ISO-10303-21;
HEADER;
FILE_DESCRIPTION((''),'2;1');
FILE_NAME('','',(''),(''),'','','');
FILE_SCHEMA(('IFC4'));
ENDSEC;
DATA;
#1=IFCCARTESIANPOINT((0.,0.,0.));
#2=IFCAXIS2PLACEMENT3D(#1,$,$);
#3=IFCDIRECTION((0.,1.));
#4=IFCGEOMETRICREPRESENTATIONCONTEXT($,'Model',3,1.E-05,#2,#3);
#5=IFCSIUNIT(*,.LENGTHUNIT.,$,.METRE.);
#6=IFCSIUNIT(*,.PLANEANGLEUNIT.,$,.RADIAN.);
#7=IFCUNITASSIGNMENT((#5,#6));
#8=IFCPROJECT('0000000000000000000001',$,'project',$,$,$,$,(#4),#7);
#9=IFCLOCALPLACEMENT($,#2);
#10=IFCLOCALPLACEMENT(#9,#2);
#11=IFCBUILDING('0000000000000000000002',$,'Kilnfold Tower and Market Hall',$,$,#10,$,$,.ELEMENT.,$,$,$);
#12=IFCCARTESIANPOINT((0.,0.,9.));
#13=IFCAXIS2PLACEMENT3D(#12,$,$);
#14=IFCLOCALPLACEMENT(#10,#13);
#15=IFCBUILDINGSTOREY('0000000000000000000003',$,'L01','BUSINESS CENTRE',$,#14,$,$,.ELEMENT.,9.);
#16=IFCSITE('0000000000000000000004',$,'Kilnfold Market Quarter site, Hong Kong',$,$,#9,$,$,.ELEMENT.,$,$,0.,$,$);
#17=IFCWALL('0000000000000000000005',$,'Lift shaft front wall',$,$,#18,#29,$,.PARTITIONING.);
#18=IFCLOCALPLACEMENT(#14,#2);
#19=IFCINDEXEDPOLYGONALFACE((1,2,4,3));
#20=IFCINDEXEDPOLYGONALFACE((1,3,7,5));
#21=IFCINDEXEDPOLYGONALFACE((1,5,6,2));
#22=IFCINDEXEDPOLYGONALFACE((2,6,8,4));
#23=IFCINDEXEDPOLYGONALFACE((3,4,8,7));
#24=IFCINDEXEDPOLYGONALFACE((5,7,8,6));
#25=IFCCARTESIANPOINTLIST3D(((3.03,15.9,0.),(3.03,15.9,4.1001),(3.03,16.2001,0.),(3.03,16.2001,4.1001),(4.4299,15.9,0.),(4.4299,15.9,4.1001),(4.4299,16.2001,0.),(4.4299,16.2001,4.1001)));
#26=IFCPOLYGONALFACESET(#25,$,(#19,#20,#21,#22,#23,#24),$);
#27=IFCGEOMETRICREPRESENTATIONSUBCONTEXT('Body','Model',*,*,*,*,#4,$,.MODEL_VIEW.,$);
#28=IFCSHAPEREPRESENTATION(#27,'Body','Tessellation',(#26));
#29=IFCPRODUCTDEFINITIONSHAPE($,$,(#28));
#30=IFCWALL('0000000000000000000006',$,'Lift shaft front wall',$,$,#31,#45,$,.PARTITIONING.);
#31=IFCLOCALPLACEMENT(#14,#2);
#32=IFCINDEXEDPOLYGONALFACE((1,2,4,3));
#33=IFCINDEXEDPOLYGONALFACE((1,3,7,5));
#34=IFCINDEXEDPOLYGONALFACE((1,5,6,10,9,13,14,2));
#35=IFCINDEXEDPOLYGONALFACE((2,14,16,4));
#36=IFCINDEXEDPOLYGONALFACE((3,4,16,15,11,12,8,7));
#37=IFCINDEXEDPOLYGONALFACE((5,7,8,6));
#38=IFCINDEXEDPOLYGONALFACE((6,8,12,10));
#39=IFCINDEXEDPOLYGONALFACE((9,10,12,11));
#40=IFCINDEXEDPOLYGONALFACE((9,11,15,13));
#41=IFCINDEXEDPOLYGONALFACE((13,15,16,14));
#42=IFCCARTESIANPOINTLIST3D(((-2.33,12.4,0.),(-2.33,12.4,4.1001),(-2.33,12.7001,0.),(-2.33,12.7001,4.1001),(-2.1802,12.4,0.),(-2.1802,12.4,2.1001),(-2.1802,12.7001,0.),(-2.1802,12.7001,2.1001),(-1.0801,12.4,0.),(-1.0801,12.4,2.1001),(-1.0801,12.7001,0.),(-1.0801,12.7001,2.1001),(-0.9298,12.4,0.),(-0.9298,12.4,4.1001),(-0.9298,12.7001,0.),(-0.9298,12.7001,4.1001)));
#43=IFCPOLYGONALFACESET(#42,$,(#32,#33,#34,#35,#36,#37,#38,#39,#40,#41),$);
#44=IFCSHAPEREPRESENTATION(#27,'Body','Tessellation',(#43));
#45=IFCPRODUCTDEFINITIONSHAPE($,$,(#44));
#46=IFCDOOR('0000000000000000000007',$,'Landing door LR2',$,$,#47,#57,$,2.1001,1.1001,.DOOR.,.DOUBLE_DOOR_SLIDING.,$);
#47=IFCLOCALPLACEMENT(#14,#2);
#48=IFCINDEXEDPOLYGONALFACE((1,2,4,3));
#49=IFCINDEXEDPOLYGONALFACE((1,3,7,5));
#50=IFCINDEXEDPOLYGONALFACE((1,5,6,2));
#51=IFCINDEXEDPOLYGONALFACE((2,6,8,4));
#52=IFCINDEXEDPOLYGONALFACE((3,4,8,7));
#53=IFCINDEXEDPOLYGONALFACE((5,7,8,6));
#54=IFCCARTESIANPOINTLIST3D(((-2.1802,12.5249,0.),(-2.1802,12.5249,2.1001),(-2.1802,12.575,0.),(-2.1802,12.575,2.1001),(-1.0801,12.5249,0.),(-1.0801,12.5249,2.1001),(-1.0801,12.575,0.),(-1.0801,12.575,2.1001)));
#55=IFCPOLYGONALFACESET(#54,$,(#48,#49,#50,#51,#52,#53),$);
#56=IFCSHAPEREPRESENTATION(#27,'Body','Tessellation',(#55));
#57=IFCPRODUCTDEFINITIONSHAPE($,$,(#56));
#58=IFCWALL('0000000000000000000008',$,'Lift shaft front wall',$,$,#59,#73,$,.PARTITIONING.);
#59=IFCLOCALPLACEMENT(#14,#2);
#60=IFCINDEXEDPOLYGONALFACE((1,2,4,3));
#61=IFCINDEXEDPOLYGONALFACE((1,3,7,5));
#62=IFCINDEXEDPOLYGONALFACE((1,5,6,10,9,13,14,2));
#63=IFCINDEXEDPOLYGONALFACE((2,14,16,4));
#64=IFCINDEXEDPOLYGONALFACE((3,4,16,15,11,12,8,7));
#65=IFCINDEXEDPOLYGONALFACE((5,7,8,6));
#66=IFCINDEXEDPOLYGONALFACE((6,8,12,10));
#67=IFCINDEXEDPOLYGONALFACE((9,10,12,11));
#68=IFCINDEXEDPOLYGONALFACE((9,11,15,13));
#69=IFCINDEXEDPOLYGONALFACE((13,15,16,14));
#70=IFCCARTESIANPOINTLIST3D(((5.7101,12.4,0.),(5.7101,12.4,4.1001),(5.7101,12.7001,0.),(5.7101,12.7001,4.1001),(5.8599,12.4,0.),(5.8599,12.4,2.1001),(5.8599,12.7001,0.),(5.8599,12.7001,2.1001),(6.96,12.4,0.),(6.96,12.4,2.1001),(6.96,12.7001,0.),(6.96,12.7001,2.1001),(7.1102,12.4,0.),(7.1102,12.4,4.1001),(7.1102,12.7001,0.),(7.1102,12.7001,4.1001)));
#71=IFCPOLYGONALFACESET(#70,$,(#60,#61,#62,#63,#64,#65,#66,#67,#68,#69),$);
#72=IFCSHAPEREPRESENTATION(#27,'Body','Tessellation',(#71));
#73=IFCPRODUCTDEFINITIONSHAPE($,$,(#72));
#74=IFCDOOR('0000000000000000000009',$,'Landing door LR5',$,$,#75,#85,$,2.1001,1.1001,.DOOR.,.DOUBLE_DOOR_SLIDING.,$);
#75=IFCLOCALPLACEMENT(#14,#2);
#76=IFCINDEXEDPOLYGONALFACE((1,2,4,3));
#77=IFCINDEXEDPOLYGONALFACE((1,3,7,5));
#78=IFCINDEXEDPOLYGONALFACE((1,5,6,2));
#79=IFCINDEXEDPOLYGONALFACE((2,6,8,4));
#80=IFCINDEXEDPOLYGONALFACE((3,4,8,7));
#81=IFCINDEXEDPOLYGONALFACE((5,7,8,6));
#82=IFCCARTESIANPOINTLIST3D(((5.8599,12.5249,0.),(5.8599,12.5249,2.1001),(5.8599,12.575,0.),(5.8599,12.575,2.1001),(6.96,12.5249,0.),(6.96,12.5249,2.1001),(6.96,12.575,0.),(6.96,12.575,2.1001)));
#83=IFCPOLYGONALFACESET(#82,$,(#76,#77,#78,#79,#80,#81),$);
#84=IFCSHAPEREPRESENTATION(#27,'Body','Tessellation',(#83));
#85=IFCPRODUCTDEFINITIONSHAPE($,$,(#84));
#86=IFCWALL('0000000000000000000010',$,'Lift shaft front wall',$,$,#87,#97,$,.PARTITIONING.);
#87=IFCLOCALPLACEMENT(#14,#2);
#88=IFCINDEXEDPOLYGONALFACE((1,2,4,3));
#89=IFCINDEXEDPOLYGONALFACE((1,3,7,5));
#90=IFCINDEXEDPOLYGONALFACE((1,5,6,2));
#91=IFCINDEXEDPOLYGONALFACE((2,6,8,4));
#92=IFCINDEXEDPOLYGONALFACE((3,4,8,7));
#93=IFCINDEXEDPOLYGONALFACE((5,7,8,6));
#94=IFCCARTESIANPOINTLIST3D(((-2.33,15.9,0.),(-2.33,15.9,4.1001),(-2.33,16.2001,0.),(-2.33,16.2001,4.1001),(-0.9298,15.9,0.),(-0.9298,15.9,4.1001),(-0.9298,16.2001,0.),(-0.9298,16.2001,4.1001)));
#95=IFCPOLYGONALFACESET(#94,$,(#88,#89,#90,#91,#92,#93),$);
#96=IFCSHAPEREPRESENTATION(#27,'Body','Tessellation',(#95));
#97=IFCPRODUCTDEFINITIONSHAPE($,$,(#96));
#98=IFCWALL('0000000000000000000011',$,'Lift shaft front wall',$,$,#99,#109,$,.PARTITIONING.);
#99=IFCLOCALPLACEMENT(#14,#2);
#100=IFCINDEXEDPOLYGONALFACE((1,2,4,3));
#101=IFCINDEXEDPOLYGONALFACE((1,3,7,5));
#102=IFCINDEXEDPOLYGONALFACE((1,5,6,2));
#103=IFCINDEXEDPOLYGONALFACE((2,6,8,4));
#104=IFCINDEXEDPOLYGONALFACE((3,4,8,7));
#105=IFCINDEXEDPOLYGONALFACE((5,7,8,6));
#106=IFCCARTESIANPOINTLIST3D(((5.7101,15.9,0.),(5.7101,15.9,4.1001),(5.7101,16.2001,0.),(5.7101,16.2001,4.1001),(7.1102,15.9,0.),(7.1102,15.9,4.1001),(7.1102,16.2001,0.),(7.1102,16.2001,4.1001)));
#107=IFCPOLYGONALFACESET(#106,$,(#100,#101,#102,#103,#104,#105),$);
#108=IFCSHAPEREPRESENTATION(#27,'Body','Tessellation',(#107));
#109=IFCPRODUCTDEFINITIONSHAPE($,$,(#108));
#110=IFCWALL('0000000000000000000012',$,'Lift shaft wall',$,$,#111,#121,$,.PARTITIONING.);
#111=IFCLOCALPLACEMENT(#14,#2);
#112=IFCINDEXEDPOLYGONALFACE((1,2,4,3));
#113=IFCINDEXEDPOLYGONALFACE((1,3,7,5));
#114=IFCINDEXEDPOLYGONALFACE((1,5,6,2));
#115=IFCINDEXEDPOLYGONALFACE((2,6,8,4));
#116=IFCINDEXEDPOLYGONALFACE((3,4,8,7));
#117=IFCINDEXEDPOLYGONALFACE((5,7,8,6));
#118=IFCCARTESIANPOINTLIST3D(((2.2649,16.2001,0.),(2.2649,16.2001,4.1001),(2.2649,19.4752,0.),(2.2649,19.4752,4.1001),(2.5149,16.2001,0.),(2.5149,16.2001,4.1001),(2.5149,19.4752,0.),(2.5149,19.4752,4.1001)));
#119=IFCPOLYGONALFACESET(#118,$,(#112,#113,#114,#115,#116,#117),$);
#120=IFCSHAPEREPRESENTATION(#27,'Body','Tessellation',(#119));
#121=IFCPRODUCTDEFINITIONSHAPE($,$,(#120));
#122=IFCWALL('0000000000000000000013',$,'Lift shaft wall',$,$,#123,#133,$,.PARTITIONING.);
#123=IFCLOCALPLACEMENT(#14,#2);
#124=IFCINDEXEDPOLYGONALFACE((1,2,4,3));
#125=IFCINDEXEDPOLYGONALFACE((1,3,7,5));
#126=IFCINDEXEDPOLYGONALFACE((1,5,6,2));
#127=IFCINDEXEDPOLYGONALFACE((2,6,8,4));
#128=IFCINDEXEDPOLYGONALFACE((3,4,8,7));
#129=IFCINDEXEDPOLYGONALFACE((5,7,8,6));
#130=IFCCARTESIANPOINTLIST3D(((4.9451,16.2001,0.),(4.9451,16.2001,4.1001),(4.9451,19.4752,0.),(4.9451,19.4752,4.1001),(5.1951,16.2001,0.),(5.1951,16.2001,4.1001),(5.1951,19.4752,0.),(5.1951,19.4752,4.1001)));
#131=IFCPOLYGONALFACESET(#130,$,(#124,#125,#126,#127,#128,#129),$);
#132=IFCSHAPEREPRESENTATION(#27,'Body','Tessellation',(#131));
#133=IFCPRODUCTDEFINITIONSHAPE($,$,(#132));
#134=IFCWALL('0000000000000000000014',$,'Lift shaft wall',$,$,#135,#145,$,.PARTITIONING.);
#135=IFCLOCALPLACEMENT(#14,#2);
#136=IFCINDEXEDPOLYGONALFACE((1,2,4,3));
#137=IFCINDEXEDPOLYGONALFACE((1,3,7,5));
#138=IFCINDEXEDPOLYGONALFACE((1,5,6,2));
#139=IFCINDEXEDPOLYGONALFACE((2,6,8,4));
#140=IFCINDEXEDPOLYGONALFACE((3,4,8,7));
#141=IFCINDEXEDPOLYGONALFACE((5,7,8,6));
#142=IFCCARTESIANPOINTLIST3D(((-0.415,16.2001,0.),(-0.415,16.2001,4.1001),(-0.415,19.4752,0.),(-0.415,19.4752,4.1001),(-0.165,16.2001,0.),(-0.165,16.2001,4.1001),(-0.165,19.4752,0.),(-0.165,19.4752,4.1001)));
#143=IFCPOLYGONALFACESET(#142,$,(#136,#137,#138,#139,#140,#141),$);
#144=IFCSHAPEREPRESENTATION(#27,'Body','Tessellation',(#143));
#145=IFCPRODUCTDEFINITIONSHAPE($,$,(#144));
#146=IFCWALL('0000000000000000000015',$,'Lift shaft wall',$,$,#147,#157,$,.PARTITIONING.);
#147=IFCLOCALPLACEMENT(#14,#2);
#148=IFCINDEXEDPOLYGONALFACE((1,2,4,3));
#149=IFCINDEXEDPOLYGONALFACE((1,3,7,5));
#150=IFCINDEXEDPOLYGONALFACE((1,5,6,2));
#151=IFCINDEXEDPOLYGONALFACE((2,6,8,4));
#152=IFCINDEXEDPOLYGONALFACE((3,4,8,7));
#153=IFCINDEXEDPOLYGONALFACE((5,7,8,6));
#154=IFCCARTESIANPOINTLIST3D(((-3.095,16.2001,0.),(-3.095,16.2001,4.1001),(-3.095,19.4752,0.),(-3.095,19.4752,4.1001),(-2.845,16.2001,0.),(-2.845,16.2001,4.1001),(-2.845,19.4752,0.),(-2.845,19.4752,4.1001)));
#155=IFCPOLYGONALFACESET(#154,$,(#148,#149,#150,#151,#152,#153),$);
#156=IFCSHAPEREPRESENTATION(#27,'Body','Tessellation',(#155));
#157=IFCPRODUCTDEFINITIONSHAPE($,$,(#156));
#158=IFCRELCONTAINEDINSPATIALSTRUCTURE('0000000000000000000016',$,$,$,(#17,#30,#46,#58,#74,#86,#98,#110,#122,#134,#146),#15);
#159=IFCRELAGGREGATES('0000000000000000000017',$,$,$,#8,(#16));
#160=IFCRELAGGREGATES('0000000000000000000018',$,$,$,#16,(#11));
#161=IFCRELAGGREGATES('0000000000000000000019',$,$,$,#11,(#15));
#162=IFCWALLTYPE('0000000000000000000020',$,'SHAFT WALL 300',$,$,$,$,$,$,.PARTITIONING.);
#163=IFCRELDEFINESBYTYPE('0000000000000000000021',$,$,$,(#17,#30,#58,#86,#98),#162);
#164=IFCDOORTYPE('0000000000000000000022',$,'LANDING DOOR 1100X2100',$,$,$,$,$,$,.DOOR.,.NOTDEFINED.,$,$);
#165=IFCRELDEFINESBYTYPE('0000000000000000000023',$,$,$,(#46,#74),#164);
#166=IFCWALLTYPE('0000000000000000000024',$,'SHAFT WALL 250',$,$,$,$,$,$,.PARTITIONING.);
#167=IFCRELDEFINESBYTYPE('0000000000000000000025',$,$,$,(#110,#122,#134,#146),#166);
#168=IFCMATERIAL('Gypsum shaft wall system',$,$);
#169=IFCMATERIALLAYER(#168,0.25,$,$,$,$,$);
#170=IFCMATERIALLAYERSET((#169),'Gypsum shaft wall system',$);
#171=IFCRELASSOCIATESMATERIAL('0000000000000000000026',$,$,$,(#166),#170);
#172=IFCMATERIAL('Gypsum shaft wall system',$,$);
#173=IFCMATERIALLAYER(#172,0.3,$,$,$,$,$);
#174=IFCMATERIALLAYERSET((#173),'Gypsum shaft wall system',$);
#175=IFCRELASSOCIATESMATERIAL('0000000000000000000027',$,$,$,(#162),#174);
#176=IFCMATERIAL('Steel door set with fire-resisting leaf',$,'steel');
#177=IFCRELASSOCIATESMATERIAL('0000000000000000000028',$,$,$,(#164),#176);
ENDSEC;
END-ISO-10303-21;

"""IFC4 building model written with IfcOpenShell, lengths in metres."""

from ifc_helpers import new_model, si_unit, direction, frame, frame_2d, origin, place, context, subcontext, project, spatial, rectangle, extrude, source, transform, mapped, material, layer, layer_set, type_object, element, fill, save


model = new_model("IFC4")

# Units and contexts
model_context = context("Model", 3, precision=1e-05, world=origin(), true_north=direction((0.0, 1.0)))
body_context = subcontext(model_context, "Body", "Model", "MODEL_VIEW")
ifc_project = project(units=[si_unit("LENGTHUNIT", "METRE"), si_unit("PLANEANGLEUNIT", "RADIAN")], contexts=[model_context])

# Site, building, storey
site_placement = place(None, origin())
site = spatial("IfcSite", under=ifc_project, at=site_placement, Name="Kilnfold Market Quarter site, Hong Kong", CompositionType="ELEMENT", RefElevation=0.0)
building_placement = place(site_placement, origin())
building = spatial("IfcBuilding", under=site, at=building_placement, Name="Kilnfold Tower and Market Hall", CompositionType="ELEMENT")
storey_placement = place(building_placement, frame((0.0, 0.0, 9.0)))
storey = spatial("IfcBuildingStorey", under=building, at=storey_placement, Name="L01", Description="BUSINESS CENTRE", CompositionType="ELEMENT", Elevation=9.0)

# Shared definitions
ifc_material_1 = material(Name="Gypsum shaft wall system")
ifc_layer_1 = layer(ifc_material_1, 0.25)
ifc_layer_set_1 = layer_set([ifc_layer_1], Name="Gypsum shaft wall system")
wall_type_1 = type_object("IfcWallType", Name="SHAFT WALL 250", PredefinedType="PARTITIONING", material=ifc_layer_set_1)

# Shared definitions
ifc_material_2 = material(Name="Gypsum shaft wall system")
ifc_layer_2 = layer(ifc_material_2, 0.3)
ifc_layer_set_2 = layer_set([ifc_layer_2], Name="Gypsum shaft wall system")
wall_type_2 = type_object("IfcWallType", Name="SHAFT WALL 300", PredefinedType="PARTITIONING", material=ifc_layer_set_2)
shared_shape_1 = source(origin(), body_context, "Body", "SweptSolid", [
    extrude(rectangle(XDim=1.3999, YDim=0.3, at=frame_2d((0.7, 0.0))), origin(), (0.0, 0.0, 1.0), 4.1001),
])
ifc_material_3 = material(Name="Steel door set with fire-resisting leaf", Category="steel")
door_type = type_object("IfcDoorType", Name="LANDING DOOR 1100X2100", OperationType="NOTDEFINED", PredefinedType="DOOR", material=ifc_material_3)

# Wall
for number, where, z_axis, x_axis, name in (
    (1, (3.03, 16.05, 0.0), (0.0, 0.0, 1.0), (1.0, 0.0, 0.0), "Lift shaft front wall"),
):
    element("IfcWall", number, at=place(storey_placement, frame(where, z_axis=z_axis, x_axis=x_axis)), inside=storey, type_object=wall_type_2, Name=name, PredefinedType="PARTITIONING", context=body_context, shape_type="MappedRepresentation", body=[
        mapped(shared_shape_1, transform((0.0, 0.0, 0.0))),
    ])

# Walls, openings, doors
shared_shape_2 = source(origin(), body_context, "Body", "SweptSolid", [
    extrude(rectangle(XDim=1.4001, YDim=0.3, at=frame_2d((0.7002, 0.0))), origin(), (0.0, 0.0, 1.0), 4.1001),
])
wall_1_placement = place(storey_placement, frame((-2.3301, 12.55, 0.0), z_axis=(0.0, 0.0, 1.0), x_axis=(1.0, 0.0, 0.0)))
wall_1 = element("IfcWall", 2, at=wall_1_placement, inside=storey, type_object=wall_type_2, Name="Lift shaft front wall", PredefinedType="PARTITIONING", context=body_context, shape_type="MappedRepresentation", body=[
    mapped(shared_shape_2, transform((0.0, 0.0, 0.0))),
])
opening_1_placement = place(wall_1_placement, frame((0.1499, 0.0, 0.0)))
opening_1 = element("IfcOpeningElement", 3, at=opening_1_placement, cuts=wall_1, PredefinedType="OPENING", context=body_context, shape_type="SweptSolid", body=[
    extrude(rectangle(XDim=1.1001, YDim=2.1001, at=frame_2d((0.55, 1.05))), frame((0.0, 0.1602, 0.0), z_axis=(0.0, -1.0, 0.0), x_axis=(1.0, 0.0, 0.0)), (0.0, 0.0, 1.0), 0.3201),
])
door_1_placement = place(opening_1_placement, origin())
door_1 = element("IfcDoor", 4, at=door_1_placement, inside=storey, type_object=door_type, Name="Landing door LR2", OperationType="DOUBLE_DOOR_SLIDING", OverallHeight=2.1001, OverallWidth=1.1001, PredefinedType="DOOR", context=body_context, shape_type="SweptSolid", body=[
    extrude(rectangle(XDim=1.1001, YDim=2.1001, at=frame_2d((0.55, 1.05))), frame((0.0, 0.0249, 0.0), z_axis=(0.0, -1.0, 0.0), x_axis=(1.0, 0.0, 0.0)), (0.0, 0.0, 1.0), 0.05),
])
fill(opening_1, door_1)
wall_2_placement = place(storey_placement, frame((5.71, 12.55, 0.0), z_axis=(0.0, 0.0, 1.0), x_axis=(1.0, 0.0, 0.0)))
wall_2 = element("IfcWall", 5, at=wall_2_placement, inside=storey, type_object=wall_type_2, Name="Lift shaft front wall", PredefinedType="PARTITIONING", context=body_context, shape_type="MappedRepresentation", body=[
    mapped(shared_shape_2, transform((0.0, 0.0, 0.0))),
])
opening_2_placement = place(wall_2_placement, frame((0.1499, 0.0, 0.0)))
opening_2 = element("IfcOpeningElement", 6, at=opening_2_placement, cuts=wall_2, PredefinedType="OPENING", context=body_context, shape_type="SweptSolid", body=[
    extrude(rectangle(XDim=1.1001, YDim=2.1001, at=frame_2d((0.55, 1.05))), frame((0.0, 0.1602, 0.0), z_axis=(0.0, -1.0, 0.0), x_axis=(1.0, 0.0, 0.0)), (0.0, 0.0, 1.0), 0.3201),
])
door_2_placement = place(opening_2_placement, origin())
door_2 = element("IfcDoor", 7, at=door_2_placement, inside=storey, type_object=door_type, Name="Landing door LR5", OperationType="DOUBLE_DOOR_SLIDING", OverallHeight=2.1001, OverallWidth=1.1001, PredefinedType="DOOR", context=body_context, shape_type="SweptSolid", body=[
    extrude(rectangle(XDim=1.1001, YDim=2.1001, at=frame_2d((0.55, 1.05))), frame((0.0, 0.0249, 0.0), z_axis=(0.0, -1.0, 0.0), x_axis=(1.0, 0.0, 0.0)), (0.0, 0.0, 1.0), 0.05),
])
fill(opening_2, door_2)

# Walls
for number, where, z_axis, x_axis, name in (
    (8, (-2.3301, 16.05, 0.0), (0.0, 0.0, 1.0), (1.0, 0.0, 0.0), "Lift shaft front wall"),
    (9, (5.71, 16.05, 0.0), (0.0, 0.0, 1.0), (1.0, 0.0, 0.0), "Lift shaft front wall"),
):
    element("IfcWall", number, at=place(storey_placement, frame(where, z_axis=z_axis, x_axis=x_axis)), inside=storey, type_object=wall_type_2, Name=name, PredefinedType="PARTITIONING", context=body_context, shape_type="MappedRepresentation", body=[
        mapped(shared_shape_2, transform((0.0, 0.0, 0.0))),
    ])
shared_shape_3 = source(origin(), body_context, "Body", "SweptSolid", [
    extrude(rectangle(XDim=3.2751, YDim=0.25, at=frame_2d((1.6377, 0.0))), origin(), (0.0, 0.0, 1.0), 4.1001),
])
for number, where, z_axis, x_axis, name in (
    (10, (2.3899, 16.2, 0.0), (0.0, 0.0, 1.0), (0.0, 1.0, 0.0), "Lift shaft wall"),
    (11, (5.0701, 16.2, 0.0), (0.0, 0.0, 1.0), (0.0, 1.0, 0.0), "Lift shaft wall"),
    (12, (-0.29, 16.2, 0.0), (0.0, 0.0, 1.0), (0.0, 1.0, 0.0), "Lift shaft wall"),
    (13, (-2.97, 16.2, 0.0), (0.0, 0.0, 1.0), (0.0, 1.0, 0.0), "Lift shaft wall"),
):
    element("IfcWall", number, at=place(storey_placement, frame(where, z_axis=z_axis, x_axis=x_axis)), inside=storey, type_object=wall_type_1, Name=name, PredefinedType="PARTITIONING", context=body_context, shape_type="MappedRepresentation", body=[
        mapped(shared_shape_3, transform((0.0, 0.0, 0.0))),
    ])

save(model, "model.ifc")
